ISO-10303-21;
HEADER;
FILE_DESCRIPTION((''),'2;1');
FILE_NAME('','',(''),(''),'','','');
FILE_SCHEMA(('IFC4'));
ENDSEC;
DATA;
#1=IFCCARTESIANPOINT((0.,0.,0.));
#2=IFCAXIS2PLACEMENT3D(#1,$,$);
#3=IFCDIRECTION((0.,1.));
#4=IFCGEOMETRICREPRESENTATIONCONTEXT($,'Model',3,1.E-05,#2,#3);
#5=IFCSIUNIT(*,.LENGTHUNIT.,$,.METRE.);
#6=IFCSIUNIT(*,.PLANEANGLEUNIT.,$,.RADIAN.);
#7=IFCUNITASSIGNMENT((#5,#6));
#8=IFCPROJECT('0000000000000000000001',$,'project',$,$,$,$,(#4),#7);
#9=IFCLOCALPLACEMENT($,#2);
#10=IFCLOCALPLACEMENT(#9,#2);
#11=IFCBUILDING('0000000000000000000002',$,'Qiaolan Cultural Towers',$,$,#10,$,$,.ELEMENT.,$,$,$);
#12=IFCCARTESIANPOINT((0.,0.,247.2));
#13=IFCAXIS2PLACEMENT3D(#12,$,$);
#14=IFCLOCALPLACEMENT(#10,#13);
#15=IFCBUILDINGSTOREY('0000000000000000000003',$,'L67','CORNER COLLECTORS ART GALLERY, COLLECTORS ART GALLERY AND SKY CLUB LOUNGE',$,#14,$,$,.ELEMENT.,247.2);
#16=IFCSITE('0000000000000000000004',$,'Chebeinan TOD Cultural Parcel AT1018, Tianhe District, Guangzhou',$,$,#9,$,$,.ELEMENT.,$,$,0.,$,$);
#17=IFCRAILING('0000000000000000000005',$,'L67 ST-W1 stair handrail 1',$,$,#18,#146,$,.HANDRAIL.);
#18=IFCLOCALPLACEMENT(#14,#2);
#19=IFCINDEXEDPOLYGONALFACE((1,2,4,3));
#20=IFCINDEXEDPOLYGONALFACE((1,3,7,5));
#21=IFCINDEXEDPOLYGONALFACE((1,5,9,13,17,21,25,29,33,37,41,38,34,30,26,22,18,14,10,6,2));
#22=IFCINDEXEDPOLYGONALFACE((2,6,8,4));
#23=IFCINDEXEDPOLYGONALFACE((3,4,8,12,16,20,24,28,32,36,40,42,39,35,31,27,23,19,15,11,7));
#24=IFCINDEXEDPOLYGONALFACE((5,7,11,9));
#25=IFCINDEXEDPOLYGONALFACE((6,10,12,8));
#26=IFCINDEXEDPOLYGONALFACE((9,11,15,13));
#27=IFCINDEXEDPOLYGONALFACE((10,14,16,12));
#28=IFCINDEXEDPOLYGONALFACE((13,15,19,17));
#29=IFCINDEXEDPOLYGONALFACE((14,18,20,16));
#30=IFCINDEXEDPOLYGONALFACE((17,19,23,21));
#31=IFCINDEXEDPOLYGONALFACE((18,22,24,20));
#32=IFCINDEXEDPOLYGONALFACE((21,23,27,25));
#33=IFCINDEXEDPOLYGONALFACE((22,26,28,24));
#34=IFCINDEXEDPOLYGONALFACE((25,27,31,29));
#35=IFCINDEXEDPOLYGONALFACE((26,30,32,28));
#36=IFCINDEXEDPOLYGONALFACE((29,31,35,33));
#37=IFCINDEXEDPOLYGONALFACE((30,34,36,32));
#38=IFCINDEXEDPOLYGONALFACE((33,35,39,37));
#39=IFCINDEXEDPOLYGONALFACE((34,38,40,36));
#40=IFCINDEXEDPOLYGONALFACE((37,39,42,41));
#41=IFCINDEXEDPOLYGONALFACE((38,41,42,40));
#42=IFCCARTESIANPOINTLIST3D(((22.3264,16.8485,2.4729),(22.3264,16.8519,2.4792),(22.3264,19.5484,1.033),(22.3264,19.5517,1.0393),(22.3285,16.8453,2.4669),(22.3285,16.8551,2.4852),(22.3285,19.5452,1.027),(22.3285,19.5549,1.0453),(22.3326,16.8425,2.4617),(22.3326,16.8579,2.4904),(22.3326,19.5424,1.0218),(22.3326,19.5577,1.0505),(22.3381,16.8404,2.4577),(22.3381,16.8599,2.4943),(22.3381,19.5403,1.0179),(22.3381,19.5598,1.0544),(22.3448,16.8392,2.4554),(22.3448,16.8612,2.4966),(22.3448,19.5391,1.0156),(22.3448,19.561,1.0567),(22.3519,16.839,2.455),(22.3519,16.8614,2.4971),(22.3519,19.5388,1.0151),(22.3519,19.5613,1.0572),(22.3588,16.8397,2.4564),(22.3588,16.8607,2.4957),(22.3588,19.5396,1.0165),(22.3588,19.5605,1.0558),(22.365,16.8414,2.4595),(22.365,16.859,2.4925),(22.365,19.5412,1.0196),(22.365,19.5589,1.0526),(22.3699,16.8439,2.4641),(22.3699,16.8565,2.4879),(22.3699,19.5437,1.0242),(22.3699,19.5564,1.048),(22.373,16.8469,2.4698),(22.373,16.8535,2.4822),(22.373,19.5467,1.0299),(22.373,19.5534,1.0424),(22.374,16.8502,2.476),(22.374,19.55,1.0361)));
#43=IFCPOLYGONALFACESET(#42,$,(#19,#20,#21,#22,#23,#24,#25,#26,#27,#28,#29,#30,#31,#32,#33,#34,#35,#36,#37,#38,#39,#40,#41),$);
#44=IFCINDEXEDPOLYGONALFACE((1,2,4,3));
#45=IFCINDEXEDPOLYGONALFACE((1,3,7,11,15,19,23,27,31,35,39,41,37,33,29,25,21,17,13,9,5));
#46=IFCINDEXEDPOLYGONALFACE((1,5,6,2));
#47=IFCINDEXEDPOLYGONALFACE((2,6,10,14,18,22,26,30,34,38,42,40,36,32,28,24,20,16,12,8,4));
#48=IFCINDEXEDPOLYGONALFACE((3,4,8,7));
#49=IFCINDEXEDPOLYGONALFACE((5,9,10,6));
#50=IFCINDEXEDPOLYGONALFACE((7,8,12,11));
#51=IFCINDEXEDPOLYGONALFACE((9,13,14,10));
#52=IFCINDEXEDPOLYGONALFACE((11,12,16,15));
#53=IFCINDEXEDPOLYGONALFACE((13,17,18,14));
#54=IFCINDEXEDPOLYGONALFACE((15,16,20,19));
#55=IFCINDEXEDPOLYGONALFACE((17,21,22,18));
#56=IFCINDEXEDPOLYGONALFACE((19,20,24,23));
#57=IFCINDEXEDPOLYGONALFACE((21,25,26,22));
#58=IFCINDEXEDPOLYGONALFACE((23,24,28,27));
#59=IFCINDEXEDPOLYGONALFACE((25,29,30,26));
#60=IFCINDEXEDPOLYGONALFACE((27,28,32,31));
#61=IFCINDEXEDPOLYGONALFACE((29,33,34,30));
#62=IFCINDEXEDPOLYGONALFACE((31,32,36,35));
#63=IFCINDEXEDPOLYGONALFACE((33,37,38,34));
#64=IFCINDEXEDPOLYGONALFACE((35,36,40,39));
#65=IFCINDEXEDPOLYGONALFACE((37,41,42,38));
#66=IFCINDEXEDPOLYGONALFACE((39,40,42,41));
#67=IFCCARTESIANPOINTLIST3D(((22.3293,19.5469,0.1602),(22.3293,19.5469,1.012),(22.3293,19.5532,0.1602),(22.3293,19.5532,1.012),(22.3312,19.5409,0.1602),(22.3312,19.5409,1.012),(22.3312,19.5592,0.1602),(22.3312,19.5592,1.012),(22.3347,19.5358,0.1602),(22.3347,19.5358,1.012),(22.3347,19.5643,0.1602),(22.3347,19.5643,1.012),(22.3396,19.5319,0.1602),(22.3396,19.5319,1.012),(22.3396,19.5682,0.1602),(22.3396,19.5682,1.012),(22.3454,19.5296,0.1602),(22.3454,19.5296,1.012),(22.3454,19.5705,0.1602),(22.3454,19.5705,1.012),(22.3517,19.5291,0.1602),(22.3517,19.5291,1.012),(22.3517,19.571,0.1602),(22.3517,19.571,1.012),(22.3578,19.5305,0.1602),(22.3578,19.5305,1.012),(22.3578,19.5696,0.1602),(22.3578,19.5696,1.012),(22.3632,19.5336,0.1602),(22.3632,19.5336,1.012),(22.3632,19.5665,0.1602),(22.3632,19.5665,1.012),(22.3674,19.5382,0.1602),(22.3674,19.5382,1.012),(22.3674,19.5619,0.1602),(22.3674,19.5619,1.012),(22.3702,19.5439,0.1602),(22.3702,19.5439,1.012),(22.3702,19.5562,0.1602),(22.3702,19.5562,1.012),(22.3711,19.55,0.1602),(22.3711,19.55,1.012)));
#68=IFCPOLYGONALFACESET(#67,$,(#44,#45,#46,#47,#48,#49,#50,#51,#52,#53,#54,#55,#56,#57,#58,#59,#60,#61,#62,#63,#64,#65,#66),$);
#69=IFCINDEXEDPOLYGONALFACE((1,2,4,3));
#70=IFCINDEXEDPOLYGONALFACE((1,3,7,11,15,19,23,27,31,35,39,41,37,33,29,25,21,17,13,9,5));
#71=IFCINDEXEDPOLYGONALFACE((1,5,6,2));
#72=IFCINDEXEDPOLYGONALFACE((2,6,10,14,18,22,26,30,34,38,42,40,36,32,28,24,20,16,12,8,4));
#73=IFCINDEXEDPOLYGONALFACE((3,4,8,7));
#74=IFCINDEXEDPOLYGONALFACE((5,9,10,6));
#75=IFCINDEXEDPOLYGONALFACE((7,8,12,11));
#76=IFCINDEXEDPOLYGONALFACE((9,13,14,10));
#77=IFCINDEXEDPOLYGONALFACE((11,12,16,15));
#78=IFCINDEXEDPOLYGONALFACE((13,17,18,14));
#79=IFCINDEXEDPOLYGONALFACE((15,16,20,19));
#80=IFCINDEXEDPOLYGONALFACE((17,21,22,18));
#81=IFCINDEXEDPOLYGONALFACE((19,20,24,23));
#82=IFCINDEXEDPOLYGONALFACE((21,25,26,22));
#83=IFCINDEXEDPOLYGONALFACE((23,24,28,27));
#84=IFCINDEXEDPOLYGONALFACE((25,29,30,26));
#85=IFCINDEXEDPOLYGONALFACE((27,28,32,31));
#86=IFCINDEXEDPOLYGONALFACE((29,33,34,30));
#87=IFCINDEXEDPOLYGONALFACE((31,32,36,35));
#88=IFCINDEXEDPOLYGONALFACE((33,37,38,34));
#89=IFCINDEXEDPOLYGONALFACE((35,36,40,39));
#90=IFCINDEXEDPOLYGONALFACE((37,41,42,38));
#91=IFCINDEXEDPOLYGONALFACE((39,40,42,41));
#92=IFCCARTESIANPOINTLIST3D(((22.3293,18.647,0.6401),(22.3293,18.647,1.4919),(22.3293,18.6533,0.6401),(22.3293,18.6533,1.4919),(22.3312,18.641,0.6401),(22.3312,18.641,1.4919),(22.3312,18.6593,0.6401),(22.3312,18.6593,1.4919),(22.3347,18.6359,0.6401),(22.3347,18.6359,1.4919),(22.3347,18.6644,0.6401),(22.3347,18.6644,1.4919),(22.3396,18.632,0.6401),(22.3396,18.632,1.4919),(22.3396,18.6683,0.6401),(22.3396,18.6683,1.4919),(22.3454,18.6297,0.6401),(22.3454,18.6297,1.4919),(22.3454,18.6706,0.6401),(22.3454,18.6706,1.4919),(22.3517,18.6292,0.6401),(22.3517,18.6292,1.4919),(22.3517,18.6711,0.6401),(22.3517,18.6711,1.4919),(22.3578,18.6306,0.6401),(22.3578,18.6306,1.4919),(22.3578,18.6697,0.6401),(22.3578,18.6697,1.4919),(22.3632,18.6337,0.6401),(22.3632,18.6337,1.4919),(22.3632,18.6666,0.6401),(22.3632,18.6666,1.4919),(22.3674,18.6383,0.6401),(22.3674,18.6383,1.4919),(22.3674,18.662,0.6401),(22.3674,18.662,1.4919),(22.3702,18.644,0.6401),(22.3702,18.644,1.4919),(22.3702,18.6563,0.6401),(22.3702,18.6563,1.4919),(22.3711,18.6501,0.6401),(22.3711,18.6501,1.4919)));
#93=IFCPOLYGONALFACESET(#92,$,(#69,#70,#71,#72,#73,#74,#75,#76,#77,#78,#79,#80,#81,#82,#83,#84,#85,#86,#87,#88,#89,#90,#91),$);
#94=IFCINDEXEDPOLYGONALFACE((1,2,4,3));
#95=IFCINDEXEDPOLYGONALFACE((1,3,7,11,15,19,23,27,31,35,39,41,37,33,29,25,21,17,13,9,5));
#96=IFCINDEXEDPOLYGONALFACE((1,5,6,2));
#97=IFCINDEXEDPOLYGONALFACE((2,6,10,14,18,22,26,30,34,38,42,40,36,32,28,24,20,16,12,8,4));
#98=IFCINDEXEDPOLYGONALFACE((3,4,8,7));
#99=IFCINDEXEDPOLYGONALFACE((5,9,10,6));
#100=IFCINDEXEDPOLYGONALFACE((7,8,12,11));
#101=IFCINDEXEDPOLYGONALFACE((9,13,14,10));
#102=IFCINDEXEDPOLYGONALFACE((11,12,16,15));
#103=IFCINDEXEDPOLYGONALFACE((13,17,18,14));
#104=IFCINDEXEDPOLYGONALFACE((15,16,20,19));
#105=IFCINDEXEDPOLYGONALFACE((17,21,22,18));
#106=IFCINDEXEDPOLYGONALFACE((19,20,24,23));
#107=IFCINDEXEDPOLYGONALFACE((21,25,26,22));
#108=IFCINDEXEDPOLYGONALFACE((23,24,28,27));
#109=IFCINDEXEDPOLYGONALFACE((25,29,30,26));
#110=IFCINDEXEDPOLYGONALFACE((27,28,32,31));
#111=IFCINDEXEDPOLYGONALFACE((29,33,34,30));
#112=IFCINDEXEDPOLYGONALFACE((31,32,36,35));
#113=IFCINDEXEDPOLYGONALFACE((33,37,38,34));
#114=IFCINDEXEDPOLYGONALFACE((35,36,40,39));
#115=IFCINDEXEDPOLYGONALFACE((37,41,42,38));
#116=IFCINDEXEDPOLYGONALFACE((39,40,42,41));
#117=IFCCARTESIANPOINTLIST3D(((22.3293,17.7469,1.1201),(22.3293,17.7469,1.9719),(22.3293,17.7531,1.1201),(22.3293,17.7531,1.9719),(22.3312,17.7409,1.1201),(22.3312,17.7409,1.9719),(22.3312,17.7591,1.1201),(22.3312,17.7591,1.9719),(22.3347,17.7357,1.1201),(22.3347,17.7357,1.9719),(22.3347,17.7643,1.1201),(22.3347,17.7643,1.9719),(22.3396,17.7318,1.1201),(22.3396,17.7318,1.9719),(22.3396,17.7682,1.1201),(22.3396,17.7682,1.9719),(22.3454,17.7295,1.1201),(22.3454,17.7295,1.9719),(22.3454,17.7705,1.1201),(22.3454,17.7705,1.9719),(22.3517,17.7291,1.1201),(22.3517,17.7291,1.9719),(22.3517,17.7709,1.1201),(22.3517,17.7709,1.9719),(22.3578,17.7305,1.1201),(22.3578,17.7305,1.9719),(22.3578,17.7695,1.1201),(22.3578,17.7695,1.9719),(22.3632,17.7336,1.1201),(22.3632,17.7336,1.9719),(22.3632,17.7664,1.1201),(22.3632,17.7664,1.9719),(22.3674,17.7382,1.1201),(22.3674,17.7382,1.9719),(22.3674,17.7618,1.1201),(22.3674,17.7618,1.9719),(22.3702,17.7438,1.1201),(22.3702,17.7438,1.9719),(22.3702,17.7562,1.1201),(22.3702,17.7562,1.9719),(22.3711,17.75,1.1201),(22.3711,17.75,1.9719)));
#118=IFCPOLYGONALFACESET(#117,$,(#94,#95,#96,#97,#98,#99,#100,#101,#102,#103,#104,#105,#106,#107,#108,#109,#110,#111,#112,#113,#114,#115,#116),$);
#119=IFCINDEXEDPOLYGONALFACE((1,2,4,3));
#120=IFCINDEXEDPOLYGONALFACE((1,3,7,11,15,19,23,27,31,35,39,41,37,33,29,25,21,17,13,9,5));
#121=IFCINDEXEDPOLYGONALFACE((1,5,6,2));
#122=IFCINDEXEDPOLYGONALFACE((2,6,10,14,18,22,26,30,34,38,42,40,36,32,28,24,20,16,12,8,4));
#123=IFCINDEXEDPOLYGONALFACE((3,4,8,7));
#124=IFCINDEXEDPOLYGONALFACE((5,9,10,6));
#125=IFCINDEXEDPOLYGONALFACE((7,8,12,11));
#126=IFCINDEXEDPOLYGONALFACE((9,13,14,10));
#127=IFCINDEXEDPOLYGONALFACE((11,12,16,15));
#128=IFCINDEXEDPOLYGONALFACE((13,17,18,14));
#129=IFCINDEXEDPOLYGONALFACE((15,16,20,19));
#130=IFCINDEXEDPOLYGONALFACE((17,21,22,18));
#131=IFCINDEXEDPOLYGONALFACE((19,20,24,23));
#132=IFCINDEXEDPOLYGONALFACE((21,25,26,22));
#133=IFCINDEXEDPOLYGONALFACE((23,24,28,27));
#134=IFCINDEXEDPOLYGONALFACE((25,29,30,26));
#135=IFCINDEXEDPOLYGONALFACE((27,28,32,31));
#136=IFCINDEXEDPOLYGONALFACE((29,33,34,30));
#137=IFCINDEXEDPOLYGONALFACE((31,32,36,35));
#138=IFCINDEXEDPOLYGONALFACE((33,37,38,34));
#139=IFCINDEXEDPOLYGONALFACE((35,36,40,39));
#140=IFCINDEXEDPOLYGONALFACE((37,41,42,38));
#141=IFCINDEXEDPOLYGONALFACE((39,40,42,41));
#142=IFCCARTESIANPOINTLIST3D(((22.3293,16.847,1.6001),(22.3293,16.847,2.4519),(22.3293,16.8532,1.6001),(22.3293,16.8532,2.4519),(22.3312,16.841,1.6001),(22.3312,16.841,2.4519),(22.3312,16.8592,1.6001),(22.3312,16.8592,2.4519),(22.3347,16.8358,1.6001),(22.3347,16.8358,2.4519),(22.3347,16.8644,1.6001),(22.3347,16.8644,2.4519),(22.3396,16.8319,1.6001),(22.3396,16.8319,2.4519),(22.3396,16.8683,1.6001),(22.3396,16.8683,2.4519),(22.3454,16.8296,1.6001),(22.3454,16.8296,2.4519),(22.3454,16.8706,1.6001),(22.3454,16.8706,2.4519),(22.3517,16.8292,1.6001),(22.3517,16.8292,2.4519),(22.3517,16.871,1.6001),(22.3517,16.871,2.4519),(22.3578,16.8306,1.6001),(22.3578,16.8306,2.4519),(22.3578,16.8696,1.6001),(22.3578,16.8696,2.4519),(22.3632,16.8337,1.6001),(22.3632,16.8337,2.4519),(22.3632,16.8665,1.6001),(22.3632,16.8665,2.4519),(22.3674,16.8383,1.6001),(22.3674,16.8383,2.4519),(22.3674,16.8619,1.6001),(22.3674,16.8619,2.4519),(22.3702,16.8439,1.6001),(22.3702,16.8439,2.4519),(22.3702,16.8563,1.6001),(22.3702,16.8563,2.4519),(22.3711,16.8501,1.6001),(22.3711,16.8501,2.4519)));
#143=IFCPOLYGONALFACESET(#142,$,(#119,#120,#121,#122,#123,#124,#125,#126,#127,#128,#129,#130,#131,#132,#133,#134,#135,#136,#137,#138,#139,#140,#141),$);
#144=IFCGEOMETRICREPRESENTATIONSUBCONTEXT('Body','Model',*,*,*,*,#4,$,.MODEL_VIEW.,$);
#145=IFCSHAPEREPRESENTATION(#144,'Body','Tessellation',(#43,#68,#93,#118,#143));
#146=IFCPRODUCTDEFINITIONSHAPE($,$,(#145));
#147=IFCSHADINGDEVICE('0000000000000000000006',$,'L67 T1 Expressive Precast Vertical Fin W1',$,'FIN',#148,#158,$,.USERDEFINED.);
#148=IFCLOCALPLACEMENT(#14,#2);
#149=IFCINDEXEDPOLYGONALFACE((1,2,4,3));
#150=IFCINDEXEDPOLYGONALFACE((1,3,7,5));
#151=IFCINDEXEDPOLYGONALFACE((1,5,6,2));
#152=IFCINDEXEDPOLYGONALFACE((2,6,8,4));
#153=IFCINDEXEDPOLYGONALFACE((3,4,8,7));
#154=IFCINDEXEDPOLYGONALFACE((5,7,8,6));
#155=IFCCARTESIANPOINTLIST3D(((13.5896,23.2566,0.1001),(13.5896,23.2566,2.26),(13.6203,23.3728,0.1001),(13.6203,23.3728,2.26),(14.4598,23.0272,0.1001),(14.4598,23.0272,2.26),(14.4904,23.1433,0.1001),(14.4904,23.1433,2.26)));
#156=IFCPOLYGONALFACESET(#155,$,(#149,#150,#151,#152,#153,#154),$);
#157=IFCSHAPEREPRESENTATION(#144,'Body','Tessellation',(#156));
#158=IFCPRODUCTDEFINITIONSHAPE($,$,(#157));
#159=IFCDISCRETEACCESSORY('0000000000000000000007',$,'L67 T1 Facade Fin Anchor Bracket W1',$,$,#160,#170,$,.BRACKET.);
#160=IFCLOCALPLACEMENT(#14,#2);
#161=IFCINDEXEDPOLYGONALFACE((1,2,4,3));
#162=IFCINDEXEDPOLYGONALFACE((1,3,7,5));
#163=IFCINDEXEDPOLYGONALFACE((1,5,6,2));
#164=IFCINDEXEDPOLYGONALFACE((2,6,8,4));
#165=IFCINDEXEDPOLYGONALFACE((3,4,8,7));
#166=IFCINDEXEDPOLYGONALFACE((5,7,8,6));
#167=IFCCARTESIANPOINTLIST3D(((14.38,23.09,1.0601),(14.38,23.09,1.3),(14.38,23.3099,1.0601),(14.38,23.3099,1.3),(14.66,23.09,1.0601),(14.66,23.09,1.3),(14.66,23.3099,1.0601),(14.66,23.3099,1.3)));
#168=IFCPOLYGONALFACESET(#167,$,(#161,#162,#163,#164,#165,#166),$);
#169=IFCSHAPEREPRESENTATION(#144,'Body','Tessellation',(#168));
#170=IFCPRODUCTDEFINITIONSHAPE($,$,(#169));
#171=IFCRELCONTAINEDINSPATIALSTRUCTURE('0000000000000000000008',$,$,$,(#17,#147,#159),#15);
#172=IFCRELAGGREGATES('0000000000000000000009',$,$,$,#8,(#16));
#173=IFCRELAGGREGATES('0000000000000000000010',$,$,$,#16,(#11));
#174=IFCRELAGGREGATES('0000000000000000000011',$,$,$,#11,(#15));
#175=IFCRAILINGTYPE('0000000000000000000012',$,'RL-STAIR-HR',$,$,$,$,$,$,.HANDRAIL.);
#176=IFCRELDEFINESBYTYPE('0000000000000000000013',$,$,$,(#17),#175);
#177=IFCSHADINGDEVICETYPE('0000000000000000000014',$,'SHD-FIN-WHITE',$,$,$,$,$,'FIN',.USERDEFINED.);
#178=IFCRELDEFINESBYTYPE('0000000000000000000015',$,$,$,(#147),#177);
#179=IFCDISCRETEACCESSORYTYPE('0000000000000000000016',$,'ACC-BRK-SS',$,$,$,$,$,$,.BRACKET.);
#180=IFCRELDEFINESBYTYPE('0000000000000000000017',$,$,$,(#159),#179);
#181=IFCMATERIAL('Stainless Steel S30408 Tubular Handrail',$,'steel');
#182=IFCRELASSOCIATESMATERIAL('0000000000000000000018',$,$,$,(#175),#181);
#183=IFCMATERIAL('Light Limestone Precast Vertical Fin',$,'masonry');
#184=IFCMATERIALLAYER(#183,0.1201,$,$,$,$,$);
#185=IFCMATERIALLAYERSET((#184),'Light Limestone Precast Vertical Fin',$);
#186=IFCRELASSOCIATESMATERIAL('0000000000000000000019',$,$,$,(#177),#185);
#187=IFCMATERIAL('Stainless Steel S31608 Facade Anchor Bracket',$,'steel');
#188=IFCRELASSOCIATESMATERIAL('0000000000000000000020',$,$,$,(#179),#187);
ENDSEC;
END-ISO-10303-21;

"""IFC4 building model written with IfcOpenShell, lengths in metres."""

from ifc_helpers import new_model, si_unit, direction, frame, origin, origin_2d, place, context, subcontext, project, spatial, rectangle, circle, extrude, material, layer, layer_set, type_object, element, save


model = new_model("IFC4")

# Units and contexts
model_context = context("Model", 3, precision=1e-05, world=origin(), true_north=direction((0.0, 1.0)))
body_context = subcontext(model_context, "Body", "Model", "MODEL_VIEW")
ifc_project = project(units=[si_unit("LENGTHUNIT", "METRE"), si_unit("PLANEANGLEUNIT", "RADIAN")], contexts=[model_context])

# Site, building, storey
site_placement = place(None, origin())
site = spatial("IfcSite", under=ifc_project, at=site_placement, Name="Chebeinan TOD Cultural Parcel AT1018, Tianhe District, Guangzhou", CompositionType="ELEMENT", RefElevation=0.0)
building_placement = place(site_placement, origin())
building = spatial("IfcBuilding", under=site, at=building_placement, Name="Qiaolan Cultural Towers", CompositionType="ELEMENT")
storey_placement = place(building_placement, frame((0.0, 0.0, 247.2)))
storey = spatial("IfcBuildingStorey", under=building, at=storey_placement, Name="L67", Description="CORNER COLLECTORS ART GALLERY, COLLECTORS ART GALLERY AND SKY CLUB LOUNGE", CompositionType="ELEMENT", Elevation=247.2)

# Railing
ifc_material_1 = material(Name="Stainless Steel S30408 Tubular Handrail", Category="steel")
railing_type_1 = type_object("IfcRailingType", Name="RL-STAIR-HR", PredefinedType="HANDRAIL", material=ifc_material_1)
railing_1_placement = place(storey_placement, frame((22.3501, 19.55, 0.1602)))
element("IfcRailing", 1, at=railing_1_placement, inside=storey, type_object=railing_type_1, Name="L67 ST-W1 stair handrail 1", PredefinedType="HANDRAIL", context=body_context, shape_type="SweptSolid", body=[
    extrude(circle(Radius=0.0239, at=origin_2d()), frame((0.0, 0.0, 0.876), z_axis=(0.0, -0.882357, 0.47058), x_axis=(1.0, 0.0, 0.0)), (0.0, 0.0, 1.0), 3.0598),
    extrude(circle(Radius=0.021, at=origin_2d()), origin(), (0.0, 0.0, 1.0), 0.8518),
    extrude(circle(Radius=0.021, at=origin_2d()), frame((0.0, -0.8999, 0.48)), (0.0, 0.0, 1.0), 0.8518),
    extrude(circle(Radius=0.021, at=origin_2d()), frame((0.0, -1.8, 0.96)), (0.0, 0.0, 1.0), 0.8518),
    extrude(circle(Radius=0.021, at=origin_2d()), frame((0.0, -2.7, 1.4399)), (0.0, 0.0, 1.0), 0.8518),
])

# Shading device
ifc_material_2 = material(Name="Light Limestone Precast Vertical Fin", Category="masonry")
ifc_layer_1 = layer(ifc_material_2, 0.1201)
ifc_layer_set_1 = layer_set([ifc_layer_1], Name="Light Limestone Precast Vertical Fin")
shading_device_type = type_object("IfcShadingDeviceType", Name="SHD-FIN-WHITE", ElementType="FIN", PredefinedType="USERDEFINED", material=ifc_layer_set_1)
shading_device_placement = place(storey_placement, frame((14.04, 23.2, 0.1001), z_axis=(0.0, 0.0, 1.0), x_axis=(0.966948, -0.254975, 0.0)))
element("IfcShadingDevice", 2, at=shading_device_placement, inside=storey, type_object=shading_device_type, Name="L67 T1 Expressive Precast Vertical Fin W1", ObjectType="FIN", PredefinedType="USERDEFINED", context=body_context, shape_type="SweptSolid", body=[
    extrude(rectangle(XDim=0.8999, YDim=0.1201, at=origin_2d()), origin(), (0.0, 0.0, 1.0), 2.1599),
])

# Discrete accessory
ifc_material_3 = material(Name="Stainless Steel S31608 Facade Anchor Bracket", Category="steel")
discrete_accessory_type = type_object("IfcDiscreteAccessoryType", Name="ACC-BRK-SS", PredefinedType="BRACKET", material=ifc_material_3)
discrete_accessory_placement = place(storey_placement, frame((14.52, 23.2, 1.0601), z_axis=(0.0, 0.0, 1.0), x_axis=(1.0, 0.0, 0.0)))
element("IfcDiscreteAccessory", 3, at=discrete_accessory_placement, inside=storey, type_object=discrete_accessory_type, Name="L67 T1 Facade Fin Anchor Bracket W1", PredefinedType="BRACKET", context=body_context, shape_type="SweptSolid", body=[
    extrude(rectangle(XDim=0.28, YDim=0.22, at=origin_2d()), origin(), (0.0, 0.0, 1.0), 0.24),
])

save(model, "model.ifc")
